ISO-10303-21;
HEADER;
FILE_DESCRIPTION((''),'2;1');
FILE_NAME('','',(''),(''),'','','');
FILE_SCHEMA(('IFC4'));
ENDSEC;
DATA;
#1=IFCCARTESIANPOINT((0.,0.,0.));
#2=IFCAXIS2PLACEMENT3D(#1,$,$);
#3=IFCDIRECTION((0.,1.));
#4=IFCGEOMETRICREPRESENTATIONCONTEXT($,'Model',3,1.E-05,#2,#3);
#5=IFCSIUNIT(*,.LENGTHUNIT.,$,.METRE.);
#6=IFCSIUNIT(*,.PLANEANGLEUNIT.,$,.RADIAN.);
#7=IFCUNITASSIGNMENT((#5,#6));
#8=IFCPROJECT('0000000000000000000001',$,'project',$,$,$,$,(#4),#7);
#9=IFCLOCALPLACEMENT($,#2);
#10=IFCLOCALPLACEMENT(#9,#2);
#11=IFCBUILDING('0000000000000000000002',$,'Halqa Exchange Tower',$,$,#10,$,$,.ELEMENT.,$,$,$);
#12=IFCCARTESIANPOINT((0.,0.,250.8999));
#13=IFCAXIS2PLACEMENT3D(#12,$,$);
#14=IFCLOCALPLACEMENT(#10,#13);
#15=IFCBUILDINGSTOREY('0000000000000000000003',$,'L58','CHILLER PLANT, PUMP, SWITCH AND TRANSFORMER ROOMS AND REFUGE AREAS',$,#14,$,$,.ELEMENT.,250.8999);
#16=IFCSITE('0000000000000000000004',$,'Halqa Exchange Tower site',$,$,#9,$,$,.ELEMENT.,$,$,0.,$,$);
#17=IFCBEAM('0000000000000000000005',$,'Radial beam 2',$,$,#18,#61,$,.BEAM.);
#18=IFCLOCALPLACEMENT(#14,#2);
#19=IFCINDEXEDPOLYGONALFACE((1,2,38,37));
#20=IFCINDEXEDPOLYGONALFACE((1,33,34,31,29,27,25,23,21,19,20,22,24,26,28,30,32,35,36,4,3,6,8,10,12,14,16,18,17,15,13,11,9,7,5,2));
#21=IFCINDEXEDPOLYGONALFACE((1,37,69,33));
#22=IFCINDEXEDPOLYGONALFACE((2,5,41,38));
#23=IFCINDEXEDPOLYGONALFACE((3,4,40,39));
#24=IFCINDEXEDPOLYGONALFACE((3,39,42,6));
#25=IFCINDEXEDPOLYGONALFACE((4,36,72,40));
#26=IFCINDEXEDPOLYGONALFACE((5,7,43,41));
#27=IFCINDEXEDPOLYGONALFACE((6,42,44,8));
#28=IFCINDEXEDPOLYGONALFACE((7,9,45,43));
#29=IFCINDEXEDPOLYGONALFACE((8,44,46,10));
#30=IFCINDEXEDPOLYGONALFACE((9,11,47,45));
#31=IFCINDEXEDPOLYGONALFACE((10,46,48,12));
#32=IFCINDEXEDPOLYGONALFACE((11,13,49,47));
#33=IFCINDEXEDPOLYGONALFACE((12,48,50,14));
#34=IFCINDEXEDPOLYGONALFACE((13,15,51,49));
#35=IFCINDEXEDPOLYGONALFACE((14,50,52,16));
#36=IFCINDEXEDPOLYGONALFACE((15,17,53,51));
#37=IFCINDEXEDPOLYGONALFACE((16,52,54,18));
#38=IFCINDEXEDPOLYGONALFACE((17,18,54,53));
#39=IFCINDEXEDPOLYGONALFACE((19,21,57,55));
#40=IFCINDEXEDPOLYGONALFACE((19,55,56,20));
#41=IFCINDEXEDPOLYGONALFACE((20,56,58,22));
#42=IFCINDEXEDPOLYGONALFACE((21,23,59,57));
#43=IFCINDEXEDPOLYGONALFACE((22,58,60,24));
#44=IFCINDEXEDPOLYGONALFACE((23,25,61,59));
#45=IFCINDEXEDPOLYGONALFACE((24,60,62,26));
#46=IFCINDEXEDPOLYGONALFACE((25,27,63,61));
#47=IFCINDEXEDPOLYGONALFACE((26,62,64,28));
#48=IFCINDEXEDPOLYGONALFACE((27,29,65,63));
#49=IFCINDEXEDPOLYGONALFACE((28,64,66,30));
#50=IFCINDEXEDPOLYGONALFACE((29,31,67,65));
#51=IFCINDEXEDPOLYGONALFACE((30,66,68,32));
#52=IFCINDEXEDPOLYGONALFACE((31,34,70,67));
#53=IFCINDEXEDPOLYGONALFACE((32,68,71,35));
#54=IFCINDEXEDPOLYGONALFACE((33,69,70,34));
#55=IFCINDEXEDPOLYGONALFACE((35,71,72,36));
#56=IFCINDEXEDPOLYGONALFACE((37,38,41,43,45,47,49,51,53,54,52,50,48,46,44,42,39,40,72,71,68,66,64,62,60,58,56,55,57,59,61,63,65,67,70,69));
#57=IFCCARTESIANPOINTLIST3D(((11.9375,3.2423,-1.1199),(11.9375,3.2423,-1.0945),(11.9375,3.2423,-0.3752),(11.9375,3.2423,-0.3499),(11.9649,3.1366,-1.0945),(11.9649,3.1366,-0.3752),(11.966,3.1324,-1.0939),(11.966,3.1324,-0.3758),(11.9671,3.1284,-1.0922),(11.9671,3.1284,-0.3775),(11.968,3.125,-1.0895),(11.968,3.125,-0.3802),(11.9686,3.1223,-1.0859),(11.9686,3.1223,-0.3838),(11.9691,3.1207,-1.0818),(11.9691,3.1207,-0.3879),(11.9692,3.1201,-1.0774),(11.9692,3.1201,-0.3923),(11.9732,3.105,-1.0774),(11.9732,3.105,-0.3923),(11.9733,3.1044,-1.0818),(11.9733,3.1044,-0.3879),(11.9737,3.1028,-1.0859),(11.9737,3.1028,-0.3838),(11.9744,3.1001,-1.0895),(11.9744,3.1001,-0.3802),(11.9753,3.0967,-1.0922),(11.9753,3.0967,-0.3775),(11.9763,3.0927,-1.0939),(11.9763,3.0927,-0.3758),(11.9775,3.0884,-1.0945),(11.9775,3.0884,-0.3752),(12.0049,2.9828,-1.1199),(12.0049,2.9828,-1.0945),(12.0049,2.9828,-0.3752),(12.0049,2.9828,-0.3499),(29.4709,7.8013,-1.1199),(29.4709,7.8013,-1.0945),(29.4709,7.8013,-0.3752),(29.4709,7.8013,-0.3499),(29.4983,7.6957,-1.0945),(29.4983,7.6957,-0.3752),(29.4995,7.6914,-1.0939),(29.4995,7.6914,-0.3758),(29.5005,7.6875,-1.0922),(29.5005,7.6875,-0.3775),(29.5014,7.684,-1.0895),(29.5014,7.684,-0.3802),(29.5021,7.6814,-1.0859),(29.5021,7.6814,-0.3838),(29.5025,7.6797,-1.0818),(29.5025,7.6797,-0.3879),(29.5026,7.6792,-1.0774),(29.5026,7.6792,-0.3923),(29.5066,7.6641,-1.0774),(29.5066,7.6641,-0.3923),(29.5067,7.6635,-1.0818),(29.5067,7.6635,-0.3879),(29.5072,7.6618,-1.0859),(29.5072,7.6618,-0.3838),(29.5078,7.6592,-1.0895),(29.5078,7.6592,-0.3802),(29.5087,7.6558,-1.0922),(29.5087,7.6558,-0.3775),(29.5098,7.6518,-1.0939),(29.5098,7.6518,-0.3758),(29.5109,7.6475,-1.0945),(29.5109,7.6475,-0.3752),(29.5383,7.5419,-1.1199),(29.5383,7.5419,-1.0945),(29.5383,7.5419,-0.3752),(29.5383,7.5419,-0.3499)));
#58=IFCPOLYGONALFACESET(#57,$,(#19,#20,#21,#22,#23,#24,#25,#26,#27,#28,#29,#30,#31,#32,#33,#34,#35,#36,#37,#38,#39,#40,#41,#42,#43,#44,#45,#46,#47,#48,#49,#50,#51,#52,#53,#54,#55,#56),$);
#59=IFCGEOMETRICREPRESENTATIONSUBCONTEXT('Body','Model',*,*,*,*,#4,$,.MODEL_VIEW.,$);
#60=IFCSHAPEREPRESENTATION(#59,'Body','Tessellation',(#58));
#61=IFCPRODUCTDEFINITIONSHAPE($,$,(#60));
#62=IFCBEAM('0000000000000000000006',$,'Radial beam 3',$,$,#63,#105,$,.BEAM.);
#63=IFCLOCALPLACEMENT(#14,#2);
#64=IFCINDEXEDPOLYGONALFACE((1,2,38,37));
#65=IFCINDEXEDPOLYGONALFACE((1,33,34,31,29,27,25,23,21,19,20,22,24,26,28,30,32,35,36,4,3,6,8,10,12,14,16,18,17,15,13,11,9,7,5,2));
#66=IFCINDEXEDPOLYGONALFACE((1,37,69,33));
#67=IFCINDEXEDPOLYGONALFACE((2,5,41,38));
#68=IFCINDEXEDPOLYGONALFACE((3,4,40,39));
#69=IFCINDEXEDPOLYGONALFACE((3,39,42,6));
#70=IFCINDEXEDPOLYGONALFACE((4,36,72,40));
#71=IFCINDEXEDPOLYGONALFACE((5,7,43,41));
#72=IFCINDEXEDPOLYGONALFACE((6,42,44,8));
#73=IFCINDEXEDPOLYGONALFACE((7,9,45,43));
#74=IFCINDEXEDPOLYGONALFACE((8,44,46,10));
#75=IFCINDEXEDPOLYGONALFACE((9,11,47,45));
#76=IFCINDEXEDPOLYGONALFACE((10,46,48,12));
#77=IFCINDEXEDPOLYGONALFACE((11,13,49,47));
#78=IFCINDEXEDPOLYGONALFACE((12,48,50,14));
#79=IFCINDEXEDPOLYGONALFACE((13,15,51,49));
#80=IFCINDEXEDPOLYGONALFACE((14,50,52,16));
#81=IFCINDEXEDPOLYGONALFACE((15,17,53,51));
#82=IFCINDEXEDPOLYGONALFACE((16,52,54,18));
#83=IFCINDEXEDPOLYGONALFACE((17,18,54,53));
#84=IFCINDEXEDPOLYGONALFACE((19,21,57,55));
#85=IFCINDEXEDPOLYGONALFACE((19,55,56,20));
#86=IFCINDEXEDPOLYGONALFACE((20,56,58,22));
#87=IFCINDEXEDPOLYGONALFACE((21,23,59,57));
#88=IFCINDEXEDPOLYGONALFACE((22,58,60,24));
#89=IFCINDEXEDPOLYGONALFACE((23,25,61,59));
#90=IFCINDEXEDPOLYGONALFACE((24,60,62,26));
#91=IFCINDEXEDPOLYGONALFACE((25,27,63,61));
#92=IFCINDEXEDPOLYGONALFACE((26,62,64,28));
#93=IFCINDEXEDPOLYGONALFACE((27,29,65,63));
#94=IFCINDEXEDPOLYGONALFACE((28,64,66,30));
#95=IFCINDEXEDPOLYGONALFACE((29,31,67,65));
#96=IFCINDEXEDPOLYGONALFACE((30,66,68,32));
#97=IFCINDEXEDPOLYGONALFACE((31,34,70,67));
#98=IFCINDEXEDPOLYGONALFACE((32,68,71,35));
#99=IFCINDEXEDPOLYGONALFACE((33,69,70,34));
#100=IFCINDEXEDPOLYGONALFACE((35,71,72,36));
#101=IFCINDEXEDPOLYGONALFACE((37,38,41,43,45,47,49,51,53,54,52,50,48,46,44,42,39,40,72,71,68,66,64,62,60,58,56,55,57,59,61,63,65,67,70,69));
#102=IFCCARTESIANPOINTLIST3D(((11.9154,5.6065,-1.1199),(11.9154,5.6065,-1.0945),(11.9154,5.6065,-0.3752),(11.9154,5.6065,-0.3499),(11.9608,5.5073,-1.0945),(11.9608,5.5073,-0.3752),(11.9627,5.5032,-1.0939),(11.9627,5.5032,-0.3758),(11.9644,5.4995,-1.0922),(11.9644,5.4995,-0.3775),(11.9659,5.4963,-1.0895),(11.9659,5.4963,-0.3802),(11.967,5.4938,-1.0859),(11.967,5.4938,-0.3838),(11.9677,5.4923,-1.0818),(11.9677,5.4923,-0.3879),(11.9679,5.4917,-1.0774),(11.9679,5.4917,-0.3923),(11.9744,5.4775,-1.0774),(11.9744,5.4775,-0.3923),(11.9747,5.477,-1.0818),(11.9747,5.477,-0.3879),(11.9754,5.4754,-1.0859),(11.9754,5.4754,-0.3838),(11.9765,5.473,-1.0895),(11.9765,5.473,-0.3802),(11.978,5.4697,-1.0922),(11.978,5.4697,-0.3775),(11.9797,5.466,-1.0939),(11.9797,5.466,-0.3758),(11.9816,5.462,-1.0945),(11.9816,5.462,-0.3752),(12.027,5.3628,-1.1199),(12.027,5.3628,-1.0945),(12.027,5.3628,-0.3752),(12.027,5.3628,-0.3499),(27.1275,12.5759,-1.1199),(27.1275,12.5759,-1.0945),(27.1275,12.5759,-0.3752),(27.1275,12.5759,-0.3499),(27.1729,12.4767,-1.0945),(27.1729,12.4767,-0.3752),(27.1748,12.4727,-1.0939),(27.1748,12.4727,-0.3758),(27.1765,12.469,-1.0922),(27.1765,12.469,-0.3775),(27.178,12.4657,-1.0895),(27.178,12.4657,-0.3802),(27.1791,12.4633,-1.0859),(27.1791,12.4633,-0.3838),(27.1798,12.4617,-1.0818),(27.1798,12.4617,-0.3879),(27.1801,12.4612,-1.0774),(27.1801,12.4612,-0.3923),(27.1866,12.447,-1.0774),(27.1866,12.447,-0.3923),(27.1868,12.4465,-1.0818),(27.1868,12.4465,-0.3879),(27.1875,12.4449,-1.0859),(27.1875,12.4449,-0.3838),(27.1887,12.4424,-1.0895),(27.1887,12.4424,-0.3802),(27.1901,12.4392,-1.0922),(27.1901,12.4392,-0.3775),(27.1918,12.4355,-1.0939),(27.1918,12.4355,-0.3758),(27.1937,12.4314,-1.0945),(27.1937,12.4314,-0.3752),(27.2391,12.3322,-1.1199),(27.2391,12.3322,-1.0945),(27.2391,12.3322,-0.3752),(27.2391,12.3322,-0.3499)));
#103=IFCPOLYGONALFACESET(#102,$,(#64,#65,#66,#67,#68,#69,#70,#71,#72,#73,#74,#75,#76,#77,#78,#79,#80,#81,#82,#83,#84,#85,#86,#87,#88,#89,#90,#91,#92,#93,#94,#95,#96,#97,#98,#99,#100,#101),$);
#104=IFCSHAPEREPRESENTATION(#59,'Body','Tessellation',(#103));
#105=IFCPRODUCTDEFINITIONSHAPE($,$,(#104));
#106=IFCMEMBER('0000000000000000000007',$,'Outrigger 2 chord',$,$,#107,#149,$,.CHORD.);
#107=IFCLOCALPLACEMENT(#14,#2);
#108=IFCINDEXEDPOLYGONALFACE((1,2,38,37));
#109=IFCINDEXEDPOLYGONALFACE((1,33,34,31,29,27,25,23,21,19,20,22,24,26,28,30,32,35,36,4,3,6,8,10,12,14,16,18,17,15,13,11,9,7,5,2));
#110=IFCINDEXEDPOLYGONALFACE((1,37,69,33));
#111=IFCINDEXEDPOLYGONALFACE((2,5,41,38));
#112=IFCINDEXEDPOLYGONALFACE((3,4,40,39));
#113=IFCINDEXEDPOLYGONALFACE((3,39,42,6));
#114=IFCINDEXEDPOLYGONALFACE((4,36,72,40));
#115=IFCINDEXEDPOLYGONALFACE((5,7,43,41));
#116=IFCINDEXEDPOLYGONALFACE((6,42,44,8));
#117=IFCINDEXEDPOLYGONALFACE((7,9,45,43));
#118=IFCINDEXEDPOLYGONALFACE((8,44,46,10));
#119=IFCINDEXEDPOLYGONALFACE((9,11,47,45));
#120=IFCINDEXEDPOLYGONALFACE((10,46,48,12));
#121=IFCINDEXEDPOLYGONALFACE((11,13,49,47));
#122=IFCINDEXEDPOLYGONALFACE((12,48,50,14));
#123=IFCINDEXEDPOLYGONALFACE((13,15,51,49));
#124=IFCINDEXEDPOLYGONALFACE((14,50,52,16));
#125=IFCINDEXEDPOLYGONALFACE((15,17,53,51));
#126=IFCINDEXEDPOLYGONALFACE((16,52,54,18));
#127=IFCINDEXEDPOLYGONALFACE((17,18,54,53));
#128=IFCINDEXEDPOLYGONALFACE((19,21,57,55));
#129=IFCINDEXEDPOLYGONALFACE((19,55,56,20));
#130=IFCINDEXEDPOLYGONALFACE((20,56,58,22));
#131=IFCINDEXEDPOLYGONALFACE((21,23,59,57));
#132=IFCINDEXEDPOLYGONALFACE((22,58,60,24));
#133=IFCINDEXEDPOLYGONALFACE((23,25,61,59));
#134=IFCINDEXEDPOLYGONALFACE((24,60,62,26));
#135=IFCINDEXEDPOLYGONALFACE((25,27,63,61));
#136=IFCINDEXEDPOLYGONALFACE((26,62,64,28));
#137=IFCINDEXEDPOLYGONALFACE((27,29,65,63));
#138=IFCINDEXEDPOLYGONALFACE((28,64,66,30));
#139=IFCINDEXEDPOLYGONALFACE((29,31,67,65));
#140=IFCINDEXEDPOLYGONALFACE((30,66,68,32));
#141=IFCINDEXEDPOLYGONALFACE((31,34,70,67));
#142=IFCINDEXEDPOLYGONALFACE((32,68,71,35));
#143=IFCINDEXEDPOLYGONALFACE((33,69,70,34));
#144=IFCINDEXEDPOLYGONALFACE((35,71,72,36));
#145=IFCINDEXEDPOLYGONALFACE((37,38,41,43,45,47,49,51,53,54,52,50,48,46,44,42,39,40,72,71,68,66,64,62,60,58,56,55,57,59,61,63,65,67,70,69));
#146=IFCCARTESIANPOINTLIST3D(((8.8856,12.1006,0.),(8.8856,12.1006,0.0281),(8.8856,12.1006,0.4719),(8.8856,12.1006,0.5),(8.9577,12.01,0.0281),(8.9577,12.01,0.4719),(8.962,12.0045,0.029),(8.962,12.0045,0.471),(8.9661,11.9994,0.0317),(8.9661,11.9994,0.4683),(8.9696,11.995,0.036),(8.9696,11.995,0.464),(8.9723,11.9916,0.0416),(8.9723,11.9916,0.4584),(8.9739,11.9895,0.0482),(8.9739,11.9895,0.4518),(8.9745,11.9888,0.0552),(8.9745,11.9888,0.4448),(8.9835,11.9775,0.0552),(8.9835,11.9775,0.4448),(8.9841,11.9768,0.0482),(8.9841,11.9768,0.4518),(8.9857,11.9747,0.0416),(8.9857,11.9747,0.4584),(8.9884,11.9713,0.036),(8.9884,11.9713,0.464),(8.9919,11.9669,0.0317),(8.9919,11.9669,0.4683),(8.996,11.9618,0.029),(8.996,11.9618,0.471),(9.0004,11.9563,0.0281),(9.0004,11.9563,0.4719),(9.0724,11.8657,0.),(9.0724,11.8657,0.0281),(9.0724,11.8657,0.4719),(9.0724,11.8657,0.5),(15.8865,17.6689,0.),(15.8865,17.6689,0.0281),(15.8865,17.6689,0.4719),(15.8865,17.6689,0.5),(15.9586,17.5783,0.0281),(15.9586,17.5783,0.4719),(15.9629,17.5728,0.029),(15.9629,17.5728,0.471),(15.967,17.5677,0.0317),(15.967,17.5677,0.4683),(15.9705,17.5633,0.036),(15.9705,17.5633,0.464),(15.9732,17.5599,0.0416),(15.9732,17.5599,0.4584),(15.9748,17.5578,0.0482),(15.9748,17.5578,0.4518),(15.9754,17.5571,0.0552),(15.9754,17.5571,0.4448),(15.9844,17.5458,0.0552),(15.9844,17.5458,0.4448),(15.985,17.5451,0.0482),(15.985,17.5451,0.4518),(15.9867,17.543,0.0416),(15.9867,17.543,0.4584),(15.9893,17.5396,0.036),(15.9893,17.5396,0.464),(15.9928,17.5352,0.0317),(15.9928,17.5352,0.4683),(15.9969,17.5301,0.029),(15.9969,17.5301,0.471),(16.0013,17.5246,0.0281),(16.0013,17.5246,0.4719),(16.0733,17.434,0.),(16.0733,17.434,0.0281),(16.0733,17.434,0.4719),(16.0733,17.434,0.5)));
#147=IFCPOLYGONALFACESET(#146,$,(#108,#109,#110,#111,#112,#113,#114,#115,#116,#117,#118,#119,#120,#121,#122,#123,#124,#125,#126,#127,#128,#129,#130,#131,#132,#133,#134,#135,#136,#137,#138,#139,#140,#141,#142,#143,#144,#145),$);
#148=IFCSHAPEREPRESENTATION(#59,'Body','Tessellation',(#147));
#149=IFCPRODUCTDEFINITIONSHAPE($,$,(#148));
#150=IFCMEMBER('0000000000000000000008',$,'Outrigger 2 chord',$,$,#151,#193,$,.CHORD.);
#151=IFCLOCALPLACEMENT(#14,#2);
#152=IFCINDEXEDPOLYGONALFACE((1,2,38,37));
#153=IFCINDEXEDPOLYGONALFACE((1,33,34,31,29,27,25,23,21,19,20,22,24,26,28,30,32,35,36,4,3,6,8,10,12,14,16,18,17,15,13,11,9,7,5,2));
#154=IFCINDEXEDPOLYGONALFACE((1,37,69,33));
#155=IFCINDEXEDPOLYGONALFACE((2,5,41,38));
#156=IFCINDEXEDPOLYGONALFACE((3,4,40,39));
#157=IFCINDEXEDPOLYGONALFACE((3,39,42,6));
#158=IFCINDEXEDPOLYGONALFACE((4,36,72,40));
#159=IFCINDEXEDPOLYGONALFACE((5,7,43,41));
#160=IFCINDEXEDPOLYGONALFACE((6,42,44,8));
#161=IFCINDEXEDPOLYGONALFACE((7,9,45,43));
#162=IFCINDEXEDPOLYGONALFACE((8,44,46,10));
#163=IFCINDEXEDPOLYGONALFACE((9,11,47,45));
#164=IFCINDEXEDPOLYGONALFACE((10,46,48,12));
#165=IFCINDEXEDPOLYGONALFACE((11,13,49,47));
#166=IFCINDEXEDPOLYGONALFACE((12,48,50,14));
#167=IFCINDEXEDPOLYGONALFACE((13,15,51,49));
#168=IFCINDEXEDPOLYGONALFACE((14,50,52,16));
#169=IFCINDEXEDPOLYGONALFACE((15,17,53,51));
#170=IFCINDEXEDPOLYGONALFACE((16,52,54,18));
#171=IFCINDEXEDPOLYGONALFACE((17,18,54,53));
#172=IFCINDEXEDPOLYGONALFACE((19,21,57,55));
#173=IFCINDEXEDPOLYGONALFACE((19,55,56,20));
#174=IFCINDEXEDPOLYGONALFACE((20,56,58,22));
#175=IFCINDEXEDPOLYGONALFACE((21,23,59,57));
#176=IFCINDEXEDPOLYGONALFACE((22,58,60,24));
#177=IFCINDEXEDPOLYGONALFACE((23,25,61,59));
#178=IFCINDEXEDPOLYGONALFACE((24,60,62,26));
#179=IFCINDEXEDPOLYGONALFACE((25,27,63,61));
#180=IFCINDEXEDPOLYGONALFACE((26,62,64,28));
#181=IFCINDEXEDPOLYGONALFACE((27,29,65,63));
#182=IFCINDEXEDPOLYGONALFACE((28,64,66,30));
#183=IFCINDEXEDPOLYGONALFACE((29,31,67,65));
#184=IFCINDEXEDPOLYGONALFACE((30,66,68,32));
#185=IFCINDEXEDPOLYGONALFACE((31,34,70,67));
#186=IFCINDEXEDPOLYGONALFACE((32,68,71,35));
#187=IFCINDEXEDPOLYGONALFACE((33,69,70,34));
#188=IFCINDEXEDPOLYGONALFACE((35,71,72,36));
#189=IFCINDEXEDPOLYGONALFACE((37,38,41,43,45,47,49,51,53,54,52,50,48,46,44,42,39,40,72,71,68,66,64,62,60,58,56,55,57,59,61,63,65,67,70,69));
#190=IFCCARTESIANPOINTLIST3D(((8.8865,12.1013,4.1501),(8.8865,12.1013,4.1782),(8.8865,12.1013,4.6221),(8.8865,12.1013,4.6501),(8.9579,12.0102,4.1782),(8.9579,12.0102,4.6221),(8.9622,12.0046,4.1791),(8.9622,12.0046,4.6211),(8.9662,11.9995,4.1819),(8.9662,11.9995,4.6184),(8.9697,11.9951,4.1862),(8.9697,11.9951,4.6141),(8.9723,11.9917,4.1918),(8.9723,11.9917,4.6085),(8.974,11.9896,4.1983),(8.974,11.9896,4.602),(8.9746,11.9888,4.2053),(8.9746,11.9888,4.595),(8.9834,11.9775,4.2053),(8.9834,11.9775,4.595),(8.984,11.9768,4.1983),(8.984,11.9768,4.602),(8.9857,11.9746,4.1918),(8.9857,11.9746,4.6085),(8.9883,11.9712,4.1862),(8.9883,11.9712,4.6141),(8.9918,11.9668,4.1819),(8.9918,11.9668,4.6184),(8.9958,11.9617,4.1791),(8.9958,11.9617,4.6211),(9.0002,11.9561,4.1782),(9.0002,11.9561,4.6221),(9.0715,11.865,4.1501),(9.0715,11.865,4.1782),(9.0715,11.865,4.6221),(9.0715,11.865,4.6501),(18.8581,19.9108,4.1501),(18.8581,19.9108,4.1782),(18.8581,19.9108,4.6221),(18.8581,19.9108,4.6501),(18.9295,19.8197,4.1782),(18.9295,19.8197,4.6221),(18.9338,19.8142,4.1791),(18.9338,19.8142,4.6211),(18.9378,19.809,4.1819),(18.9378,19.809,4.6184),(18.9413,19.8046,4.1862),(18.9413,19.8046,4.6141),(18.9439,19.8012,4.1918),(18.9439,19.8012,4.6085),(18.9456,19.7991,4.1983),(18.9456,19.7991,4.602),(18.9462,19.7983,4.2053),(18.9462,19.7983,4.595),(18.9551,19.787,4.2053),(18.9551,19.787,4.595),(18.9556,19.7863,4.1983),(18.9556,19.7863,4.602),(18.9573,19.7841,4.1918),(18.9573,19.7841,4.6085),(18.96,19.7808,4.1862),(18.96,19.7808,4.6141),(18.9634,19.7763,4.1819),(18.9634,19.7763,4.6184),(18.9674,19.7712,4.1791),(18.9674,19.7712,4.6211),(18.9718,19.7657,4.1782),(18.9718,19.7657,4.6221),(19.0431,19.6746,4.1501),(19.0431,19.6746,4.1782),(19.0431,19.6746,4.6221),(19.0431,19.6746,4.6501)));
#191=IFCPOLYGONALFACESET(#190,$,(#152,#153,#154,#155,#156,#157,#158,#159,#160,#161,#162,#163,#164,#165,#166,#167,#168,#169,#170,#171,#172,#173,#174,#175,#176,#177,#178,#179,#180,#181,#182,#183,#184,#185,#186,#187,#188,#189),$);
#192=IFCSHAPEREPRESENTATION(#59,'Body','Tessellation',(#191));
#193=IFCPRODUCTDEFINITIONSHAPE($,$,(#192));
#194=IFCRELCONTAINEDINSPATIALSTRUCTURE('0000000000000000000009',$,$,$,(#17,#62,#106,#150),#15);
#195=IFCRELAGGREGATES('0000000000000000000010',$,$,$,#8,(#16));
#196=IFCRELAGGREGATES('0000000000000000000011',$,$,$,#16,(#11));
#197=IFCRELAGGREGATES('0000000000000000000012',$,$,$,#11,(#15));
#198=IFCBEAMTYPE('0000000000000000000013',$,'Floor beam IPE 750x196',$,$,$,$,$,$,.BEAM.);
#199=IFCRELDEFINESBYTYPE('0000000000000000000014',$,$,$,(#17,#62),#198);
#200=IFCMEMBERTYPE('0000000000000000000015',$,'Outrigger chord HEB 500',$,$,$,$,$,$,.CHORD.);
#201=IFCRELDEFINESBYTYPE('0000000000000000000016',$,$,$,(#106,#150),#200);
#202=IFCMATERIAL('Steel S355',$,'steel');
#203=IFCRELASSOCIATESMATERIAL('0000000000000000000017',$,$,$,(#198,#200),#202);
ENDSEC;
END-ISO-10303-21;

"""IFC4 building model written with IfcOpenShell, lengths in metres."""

from ifc_helpers import new_model, si_unit, direction, frame, origin, origin_2d, place, context, subcontext, project, spatial, i_section, extrude, material, material_profile, profile_set, type_object, element, save


model = new_model("IFC4")

# Units and contexts
model_context = context("Model", 3, precision=1e-05, world=origin(), true_north=direction((0.0, 1.0)))
body_context = subcontext(model_context, "Body", "Model", "MODEL_VIEW")
ifc_project = project(units=[si_unit("LENGTHUNIT", "METRE"), si_unit("PLANEANGLEUNIT", "RADIAN")], contexts=[model_context])

# Site, building, storey
site_placement = place(None, origin())
site = spatial("IfcSite", under=ifc_project, at=site_placement, Name="Halqa Exchange Tower site", CompositionType="ELEMENT", RefElevation=0.0)
building_placement = place(site_placement, origin())
building = spatial("IfcBuilding", under=site, at=building_placement, Name="Halqa Exchange Tower", CompositionType="ELEMENT")
storey_placement = place(building_placement, frame((0.0, 0.0, 250.8999)))
storey = spatial("IfcBuildingStorey", under=building, at=storey_placement, Name="L58", Description="CHILLER PLANT, PUMP, SWITCH AND TRANSFORMER ROOMS AND REFUGE AREAS", CompositionType="ELEMENT", Elevation=250.8999)

# Beams
ifc_material_1 = material(Name="Steel S355", Category="steel")
ifc_material_profile_1 = material_profile(ifc_material_1, i_section(OverallWidth=0.2681, OverallDepth=0.77, WebThickness=0.0156, FlangeThickness=0.0254, FilletRadius=0.0171, at=origin_2d()), Name="IPE 750x196")
ifc_profile_set_1 = profile_set([ifc_material_profile_1], Name="Steel S355")
beam_type_1 = type_object("IfcBeamType", Name="Floor beam IPE 750x196", PredefinedType="BEAM", material=ifc_profile_set_1)
beam_1_placement = place(storey_placement, frame((11.9712, 3.1125, -0.7349), z_axis=(0.967817, 0.251654, 0.0), x_axis=(-0.251654, 0.967817, 0.0)))
element("IfcBeam", 1, at=beam_1_placement, inside=storey, type_object=beam_type_1, Name="Radial beam 2", PredefinedType="BEAM", context=body_context, shape_type="SweptSolid", body=[
    extrude(i_section(OverallWidth=0.2681, OverallDepth=0.77, WebThickness=0.0156, FlangeThickness=0.0254, FilletRadius=0.0171, at=origin_2d()), origin(), (0.0, 0.0, 1.0), 18.1165),
])
beam_2_placement = place(storey_placement, frame((11.9712, 5.4846, -0.7349), z_axis=(0.909127, 0.416519, 0.0), x_axis=(-0.416519, 0.909127, 0.0)))
element("IfcBeam", 2, at=beam_2_placement, inside=storey, type_object=beam_type_1, Name="Radial beam 3", PredefinedType="BEAM", context=body_context, shape_type="SweptSolid", body=[
    extrude(i_section(OverallWidth=0.2681, OverallDepth=0.77, WebThickness=0.0156, FlangeThickness=0.0254, FilletRadius=0.0171, at=origin_2d()), origin(), (0.0, 0.0, 1.0), 16.7327),
])

# Members
ifc_material_profile_2 = material_profile(ifc_material_1, i_section(OverallWidth=0.3, OverallDepth=0.5, WebThickness=0.0144, FlangeThickness=0.0281, FilletRadius=0.0271, at=origin_2d()), Name="HEB 500")
ifc_profile_set_2 = profile_set([ifc_material_profile_2], Name="Steel S355")
member_type_1 = type_object("IfcMemberType", Name="Outrigger chord HEB 500", PredefinedType="CHORD", material=ifc_profile_set_2)
member_1_placement = place(storey_placement, frame((8.979, 11.9832, 0.25), z_axis=(0.782634, 0.622483, 0.0), x_axis=(-0.622483, 0.782634, 0.0)))
element("IfcMember", 3, at=member_1_placement, inside=storey, type_object=member_type_1, Name="Outrigger 2 chord", PredefinedType="CHORD", context=body_context, shape_type="SweptSolid", body=[
    extrude(i_section(OverallWidth=0.3, OverallDepth=0.5, WebThickness=0.0144, FlangeThickness=0.0281, FilletRadius=0.0271, at=origin_2d()), origin(), (0.0, 0.0, 1.0), 8.9453),
])
member_2_placement = place(storey_placement, frame((8.979, 11.9832, 4.4001), z_axis=(0.787289, 0.616585, 0.0), x_axis=(-0.616585, 0.787289, 0.0)))
element("IfcMember", 4, at=member_2_placement, inside=storey, type_object=member_type_1, Name="Outrigger 2 chord", PredefinedType="CHORD", context=body_context, shape_type="SweptSolid", body=[
    extrude(i_section(OverallWidth=0.3, OverallDepth=0.5, WebThickness=0.0144, FlangeThickness=0.0281, FilletRadius=0.0271, at=origin_2d()), origin(), (0.0, 0.0, 1.0), 12.6658),
])

save(model, "model.ifc")
